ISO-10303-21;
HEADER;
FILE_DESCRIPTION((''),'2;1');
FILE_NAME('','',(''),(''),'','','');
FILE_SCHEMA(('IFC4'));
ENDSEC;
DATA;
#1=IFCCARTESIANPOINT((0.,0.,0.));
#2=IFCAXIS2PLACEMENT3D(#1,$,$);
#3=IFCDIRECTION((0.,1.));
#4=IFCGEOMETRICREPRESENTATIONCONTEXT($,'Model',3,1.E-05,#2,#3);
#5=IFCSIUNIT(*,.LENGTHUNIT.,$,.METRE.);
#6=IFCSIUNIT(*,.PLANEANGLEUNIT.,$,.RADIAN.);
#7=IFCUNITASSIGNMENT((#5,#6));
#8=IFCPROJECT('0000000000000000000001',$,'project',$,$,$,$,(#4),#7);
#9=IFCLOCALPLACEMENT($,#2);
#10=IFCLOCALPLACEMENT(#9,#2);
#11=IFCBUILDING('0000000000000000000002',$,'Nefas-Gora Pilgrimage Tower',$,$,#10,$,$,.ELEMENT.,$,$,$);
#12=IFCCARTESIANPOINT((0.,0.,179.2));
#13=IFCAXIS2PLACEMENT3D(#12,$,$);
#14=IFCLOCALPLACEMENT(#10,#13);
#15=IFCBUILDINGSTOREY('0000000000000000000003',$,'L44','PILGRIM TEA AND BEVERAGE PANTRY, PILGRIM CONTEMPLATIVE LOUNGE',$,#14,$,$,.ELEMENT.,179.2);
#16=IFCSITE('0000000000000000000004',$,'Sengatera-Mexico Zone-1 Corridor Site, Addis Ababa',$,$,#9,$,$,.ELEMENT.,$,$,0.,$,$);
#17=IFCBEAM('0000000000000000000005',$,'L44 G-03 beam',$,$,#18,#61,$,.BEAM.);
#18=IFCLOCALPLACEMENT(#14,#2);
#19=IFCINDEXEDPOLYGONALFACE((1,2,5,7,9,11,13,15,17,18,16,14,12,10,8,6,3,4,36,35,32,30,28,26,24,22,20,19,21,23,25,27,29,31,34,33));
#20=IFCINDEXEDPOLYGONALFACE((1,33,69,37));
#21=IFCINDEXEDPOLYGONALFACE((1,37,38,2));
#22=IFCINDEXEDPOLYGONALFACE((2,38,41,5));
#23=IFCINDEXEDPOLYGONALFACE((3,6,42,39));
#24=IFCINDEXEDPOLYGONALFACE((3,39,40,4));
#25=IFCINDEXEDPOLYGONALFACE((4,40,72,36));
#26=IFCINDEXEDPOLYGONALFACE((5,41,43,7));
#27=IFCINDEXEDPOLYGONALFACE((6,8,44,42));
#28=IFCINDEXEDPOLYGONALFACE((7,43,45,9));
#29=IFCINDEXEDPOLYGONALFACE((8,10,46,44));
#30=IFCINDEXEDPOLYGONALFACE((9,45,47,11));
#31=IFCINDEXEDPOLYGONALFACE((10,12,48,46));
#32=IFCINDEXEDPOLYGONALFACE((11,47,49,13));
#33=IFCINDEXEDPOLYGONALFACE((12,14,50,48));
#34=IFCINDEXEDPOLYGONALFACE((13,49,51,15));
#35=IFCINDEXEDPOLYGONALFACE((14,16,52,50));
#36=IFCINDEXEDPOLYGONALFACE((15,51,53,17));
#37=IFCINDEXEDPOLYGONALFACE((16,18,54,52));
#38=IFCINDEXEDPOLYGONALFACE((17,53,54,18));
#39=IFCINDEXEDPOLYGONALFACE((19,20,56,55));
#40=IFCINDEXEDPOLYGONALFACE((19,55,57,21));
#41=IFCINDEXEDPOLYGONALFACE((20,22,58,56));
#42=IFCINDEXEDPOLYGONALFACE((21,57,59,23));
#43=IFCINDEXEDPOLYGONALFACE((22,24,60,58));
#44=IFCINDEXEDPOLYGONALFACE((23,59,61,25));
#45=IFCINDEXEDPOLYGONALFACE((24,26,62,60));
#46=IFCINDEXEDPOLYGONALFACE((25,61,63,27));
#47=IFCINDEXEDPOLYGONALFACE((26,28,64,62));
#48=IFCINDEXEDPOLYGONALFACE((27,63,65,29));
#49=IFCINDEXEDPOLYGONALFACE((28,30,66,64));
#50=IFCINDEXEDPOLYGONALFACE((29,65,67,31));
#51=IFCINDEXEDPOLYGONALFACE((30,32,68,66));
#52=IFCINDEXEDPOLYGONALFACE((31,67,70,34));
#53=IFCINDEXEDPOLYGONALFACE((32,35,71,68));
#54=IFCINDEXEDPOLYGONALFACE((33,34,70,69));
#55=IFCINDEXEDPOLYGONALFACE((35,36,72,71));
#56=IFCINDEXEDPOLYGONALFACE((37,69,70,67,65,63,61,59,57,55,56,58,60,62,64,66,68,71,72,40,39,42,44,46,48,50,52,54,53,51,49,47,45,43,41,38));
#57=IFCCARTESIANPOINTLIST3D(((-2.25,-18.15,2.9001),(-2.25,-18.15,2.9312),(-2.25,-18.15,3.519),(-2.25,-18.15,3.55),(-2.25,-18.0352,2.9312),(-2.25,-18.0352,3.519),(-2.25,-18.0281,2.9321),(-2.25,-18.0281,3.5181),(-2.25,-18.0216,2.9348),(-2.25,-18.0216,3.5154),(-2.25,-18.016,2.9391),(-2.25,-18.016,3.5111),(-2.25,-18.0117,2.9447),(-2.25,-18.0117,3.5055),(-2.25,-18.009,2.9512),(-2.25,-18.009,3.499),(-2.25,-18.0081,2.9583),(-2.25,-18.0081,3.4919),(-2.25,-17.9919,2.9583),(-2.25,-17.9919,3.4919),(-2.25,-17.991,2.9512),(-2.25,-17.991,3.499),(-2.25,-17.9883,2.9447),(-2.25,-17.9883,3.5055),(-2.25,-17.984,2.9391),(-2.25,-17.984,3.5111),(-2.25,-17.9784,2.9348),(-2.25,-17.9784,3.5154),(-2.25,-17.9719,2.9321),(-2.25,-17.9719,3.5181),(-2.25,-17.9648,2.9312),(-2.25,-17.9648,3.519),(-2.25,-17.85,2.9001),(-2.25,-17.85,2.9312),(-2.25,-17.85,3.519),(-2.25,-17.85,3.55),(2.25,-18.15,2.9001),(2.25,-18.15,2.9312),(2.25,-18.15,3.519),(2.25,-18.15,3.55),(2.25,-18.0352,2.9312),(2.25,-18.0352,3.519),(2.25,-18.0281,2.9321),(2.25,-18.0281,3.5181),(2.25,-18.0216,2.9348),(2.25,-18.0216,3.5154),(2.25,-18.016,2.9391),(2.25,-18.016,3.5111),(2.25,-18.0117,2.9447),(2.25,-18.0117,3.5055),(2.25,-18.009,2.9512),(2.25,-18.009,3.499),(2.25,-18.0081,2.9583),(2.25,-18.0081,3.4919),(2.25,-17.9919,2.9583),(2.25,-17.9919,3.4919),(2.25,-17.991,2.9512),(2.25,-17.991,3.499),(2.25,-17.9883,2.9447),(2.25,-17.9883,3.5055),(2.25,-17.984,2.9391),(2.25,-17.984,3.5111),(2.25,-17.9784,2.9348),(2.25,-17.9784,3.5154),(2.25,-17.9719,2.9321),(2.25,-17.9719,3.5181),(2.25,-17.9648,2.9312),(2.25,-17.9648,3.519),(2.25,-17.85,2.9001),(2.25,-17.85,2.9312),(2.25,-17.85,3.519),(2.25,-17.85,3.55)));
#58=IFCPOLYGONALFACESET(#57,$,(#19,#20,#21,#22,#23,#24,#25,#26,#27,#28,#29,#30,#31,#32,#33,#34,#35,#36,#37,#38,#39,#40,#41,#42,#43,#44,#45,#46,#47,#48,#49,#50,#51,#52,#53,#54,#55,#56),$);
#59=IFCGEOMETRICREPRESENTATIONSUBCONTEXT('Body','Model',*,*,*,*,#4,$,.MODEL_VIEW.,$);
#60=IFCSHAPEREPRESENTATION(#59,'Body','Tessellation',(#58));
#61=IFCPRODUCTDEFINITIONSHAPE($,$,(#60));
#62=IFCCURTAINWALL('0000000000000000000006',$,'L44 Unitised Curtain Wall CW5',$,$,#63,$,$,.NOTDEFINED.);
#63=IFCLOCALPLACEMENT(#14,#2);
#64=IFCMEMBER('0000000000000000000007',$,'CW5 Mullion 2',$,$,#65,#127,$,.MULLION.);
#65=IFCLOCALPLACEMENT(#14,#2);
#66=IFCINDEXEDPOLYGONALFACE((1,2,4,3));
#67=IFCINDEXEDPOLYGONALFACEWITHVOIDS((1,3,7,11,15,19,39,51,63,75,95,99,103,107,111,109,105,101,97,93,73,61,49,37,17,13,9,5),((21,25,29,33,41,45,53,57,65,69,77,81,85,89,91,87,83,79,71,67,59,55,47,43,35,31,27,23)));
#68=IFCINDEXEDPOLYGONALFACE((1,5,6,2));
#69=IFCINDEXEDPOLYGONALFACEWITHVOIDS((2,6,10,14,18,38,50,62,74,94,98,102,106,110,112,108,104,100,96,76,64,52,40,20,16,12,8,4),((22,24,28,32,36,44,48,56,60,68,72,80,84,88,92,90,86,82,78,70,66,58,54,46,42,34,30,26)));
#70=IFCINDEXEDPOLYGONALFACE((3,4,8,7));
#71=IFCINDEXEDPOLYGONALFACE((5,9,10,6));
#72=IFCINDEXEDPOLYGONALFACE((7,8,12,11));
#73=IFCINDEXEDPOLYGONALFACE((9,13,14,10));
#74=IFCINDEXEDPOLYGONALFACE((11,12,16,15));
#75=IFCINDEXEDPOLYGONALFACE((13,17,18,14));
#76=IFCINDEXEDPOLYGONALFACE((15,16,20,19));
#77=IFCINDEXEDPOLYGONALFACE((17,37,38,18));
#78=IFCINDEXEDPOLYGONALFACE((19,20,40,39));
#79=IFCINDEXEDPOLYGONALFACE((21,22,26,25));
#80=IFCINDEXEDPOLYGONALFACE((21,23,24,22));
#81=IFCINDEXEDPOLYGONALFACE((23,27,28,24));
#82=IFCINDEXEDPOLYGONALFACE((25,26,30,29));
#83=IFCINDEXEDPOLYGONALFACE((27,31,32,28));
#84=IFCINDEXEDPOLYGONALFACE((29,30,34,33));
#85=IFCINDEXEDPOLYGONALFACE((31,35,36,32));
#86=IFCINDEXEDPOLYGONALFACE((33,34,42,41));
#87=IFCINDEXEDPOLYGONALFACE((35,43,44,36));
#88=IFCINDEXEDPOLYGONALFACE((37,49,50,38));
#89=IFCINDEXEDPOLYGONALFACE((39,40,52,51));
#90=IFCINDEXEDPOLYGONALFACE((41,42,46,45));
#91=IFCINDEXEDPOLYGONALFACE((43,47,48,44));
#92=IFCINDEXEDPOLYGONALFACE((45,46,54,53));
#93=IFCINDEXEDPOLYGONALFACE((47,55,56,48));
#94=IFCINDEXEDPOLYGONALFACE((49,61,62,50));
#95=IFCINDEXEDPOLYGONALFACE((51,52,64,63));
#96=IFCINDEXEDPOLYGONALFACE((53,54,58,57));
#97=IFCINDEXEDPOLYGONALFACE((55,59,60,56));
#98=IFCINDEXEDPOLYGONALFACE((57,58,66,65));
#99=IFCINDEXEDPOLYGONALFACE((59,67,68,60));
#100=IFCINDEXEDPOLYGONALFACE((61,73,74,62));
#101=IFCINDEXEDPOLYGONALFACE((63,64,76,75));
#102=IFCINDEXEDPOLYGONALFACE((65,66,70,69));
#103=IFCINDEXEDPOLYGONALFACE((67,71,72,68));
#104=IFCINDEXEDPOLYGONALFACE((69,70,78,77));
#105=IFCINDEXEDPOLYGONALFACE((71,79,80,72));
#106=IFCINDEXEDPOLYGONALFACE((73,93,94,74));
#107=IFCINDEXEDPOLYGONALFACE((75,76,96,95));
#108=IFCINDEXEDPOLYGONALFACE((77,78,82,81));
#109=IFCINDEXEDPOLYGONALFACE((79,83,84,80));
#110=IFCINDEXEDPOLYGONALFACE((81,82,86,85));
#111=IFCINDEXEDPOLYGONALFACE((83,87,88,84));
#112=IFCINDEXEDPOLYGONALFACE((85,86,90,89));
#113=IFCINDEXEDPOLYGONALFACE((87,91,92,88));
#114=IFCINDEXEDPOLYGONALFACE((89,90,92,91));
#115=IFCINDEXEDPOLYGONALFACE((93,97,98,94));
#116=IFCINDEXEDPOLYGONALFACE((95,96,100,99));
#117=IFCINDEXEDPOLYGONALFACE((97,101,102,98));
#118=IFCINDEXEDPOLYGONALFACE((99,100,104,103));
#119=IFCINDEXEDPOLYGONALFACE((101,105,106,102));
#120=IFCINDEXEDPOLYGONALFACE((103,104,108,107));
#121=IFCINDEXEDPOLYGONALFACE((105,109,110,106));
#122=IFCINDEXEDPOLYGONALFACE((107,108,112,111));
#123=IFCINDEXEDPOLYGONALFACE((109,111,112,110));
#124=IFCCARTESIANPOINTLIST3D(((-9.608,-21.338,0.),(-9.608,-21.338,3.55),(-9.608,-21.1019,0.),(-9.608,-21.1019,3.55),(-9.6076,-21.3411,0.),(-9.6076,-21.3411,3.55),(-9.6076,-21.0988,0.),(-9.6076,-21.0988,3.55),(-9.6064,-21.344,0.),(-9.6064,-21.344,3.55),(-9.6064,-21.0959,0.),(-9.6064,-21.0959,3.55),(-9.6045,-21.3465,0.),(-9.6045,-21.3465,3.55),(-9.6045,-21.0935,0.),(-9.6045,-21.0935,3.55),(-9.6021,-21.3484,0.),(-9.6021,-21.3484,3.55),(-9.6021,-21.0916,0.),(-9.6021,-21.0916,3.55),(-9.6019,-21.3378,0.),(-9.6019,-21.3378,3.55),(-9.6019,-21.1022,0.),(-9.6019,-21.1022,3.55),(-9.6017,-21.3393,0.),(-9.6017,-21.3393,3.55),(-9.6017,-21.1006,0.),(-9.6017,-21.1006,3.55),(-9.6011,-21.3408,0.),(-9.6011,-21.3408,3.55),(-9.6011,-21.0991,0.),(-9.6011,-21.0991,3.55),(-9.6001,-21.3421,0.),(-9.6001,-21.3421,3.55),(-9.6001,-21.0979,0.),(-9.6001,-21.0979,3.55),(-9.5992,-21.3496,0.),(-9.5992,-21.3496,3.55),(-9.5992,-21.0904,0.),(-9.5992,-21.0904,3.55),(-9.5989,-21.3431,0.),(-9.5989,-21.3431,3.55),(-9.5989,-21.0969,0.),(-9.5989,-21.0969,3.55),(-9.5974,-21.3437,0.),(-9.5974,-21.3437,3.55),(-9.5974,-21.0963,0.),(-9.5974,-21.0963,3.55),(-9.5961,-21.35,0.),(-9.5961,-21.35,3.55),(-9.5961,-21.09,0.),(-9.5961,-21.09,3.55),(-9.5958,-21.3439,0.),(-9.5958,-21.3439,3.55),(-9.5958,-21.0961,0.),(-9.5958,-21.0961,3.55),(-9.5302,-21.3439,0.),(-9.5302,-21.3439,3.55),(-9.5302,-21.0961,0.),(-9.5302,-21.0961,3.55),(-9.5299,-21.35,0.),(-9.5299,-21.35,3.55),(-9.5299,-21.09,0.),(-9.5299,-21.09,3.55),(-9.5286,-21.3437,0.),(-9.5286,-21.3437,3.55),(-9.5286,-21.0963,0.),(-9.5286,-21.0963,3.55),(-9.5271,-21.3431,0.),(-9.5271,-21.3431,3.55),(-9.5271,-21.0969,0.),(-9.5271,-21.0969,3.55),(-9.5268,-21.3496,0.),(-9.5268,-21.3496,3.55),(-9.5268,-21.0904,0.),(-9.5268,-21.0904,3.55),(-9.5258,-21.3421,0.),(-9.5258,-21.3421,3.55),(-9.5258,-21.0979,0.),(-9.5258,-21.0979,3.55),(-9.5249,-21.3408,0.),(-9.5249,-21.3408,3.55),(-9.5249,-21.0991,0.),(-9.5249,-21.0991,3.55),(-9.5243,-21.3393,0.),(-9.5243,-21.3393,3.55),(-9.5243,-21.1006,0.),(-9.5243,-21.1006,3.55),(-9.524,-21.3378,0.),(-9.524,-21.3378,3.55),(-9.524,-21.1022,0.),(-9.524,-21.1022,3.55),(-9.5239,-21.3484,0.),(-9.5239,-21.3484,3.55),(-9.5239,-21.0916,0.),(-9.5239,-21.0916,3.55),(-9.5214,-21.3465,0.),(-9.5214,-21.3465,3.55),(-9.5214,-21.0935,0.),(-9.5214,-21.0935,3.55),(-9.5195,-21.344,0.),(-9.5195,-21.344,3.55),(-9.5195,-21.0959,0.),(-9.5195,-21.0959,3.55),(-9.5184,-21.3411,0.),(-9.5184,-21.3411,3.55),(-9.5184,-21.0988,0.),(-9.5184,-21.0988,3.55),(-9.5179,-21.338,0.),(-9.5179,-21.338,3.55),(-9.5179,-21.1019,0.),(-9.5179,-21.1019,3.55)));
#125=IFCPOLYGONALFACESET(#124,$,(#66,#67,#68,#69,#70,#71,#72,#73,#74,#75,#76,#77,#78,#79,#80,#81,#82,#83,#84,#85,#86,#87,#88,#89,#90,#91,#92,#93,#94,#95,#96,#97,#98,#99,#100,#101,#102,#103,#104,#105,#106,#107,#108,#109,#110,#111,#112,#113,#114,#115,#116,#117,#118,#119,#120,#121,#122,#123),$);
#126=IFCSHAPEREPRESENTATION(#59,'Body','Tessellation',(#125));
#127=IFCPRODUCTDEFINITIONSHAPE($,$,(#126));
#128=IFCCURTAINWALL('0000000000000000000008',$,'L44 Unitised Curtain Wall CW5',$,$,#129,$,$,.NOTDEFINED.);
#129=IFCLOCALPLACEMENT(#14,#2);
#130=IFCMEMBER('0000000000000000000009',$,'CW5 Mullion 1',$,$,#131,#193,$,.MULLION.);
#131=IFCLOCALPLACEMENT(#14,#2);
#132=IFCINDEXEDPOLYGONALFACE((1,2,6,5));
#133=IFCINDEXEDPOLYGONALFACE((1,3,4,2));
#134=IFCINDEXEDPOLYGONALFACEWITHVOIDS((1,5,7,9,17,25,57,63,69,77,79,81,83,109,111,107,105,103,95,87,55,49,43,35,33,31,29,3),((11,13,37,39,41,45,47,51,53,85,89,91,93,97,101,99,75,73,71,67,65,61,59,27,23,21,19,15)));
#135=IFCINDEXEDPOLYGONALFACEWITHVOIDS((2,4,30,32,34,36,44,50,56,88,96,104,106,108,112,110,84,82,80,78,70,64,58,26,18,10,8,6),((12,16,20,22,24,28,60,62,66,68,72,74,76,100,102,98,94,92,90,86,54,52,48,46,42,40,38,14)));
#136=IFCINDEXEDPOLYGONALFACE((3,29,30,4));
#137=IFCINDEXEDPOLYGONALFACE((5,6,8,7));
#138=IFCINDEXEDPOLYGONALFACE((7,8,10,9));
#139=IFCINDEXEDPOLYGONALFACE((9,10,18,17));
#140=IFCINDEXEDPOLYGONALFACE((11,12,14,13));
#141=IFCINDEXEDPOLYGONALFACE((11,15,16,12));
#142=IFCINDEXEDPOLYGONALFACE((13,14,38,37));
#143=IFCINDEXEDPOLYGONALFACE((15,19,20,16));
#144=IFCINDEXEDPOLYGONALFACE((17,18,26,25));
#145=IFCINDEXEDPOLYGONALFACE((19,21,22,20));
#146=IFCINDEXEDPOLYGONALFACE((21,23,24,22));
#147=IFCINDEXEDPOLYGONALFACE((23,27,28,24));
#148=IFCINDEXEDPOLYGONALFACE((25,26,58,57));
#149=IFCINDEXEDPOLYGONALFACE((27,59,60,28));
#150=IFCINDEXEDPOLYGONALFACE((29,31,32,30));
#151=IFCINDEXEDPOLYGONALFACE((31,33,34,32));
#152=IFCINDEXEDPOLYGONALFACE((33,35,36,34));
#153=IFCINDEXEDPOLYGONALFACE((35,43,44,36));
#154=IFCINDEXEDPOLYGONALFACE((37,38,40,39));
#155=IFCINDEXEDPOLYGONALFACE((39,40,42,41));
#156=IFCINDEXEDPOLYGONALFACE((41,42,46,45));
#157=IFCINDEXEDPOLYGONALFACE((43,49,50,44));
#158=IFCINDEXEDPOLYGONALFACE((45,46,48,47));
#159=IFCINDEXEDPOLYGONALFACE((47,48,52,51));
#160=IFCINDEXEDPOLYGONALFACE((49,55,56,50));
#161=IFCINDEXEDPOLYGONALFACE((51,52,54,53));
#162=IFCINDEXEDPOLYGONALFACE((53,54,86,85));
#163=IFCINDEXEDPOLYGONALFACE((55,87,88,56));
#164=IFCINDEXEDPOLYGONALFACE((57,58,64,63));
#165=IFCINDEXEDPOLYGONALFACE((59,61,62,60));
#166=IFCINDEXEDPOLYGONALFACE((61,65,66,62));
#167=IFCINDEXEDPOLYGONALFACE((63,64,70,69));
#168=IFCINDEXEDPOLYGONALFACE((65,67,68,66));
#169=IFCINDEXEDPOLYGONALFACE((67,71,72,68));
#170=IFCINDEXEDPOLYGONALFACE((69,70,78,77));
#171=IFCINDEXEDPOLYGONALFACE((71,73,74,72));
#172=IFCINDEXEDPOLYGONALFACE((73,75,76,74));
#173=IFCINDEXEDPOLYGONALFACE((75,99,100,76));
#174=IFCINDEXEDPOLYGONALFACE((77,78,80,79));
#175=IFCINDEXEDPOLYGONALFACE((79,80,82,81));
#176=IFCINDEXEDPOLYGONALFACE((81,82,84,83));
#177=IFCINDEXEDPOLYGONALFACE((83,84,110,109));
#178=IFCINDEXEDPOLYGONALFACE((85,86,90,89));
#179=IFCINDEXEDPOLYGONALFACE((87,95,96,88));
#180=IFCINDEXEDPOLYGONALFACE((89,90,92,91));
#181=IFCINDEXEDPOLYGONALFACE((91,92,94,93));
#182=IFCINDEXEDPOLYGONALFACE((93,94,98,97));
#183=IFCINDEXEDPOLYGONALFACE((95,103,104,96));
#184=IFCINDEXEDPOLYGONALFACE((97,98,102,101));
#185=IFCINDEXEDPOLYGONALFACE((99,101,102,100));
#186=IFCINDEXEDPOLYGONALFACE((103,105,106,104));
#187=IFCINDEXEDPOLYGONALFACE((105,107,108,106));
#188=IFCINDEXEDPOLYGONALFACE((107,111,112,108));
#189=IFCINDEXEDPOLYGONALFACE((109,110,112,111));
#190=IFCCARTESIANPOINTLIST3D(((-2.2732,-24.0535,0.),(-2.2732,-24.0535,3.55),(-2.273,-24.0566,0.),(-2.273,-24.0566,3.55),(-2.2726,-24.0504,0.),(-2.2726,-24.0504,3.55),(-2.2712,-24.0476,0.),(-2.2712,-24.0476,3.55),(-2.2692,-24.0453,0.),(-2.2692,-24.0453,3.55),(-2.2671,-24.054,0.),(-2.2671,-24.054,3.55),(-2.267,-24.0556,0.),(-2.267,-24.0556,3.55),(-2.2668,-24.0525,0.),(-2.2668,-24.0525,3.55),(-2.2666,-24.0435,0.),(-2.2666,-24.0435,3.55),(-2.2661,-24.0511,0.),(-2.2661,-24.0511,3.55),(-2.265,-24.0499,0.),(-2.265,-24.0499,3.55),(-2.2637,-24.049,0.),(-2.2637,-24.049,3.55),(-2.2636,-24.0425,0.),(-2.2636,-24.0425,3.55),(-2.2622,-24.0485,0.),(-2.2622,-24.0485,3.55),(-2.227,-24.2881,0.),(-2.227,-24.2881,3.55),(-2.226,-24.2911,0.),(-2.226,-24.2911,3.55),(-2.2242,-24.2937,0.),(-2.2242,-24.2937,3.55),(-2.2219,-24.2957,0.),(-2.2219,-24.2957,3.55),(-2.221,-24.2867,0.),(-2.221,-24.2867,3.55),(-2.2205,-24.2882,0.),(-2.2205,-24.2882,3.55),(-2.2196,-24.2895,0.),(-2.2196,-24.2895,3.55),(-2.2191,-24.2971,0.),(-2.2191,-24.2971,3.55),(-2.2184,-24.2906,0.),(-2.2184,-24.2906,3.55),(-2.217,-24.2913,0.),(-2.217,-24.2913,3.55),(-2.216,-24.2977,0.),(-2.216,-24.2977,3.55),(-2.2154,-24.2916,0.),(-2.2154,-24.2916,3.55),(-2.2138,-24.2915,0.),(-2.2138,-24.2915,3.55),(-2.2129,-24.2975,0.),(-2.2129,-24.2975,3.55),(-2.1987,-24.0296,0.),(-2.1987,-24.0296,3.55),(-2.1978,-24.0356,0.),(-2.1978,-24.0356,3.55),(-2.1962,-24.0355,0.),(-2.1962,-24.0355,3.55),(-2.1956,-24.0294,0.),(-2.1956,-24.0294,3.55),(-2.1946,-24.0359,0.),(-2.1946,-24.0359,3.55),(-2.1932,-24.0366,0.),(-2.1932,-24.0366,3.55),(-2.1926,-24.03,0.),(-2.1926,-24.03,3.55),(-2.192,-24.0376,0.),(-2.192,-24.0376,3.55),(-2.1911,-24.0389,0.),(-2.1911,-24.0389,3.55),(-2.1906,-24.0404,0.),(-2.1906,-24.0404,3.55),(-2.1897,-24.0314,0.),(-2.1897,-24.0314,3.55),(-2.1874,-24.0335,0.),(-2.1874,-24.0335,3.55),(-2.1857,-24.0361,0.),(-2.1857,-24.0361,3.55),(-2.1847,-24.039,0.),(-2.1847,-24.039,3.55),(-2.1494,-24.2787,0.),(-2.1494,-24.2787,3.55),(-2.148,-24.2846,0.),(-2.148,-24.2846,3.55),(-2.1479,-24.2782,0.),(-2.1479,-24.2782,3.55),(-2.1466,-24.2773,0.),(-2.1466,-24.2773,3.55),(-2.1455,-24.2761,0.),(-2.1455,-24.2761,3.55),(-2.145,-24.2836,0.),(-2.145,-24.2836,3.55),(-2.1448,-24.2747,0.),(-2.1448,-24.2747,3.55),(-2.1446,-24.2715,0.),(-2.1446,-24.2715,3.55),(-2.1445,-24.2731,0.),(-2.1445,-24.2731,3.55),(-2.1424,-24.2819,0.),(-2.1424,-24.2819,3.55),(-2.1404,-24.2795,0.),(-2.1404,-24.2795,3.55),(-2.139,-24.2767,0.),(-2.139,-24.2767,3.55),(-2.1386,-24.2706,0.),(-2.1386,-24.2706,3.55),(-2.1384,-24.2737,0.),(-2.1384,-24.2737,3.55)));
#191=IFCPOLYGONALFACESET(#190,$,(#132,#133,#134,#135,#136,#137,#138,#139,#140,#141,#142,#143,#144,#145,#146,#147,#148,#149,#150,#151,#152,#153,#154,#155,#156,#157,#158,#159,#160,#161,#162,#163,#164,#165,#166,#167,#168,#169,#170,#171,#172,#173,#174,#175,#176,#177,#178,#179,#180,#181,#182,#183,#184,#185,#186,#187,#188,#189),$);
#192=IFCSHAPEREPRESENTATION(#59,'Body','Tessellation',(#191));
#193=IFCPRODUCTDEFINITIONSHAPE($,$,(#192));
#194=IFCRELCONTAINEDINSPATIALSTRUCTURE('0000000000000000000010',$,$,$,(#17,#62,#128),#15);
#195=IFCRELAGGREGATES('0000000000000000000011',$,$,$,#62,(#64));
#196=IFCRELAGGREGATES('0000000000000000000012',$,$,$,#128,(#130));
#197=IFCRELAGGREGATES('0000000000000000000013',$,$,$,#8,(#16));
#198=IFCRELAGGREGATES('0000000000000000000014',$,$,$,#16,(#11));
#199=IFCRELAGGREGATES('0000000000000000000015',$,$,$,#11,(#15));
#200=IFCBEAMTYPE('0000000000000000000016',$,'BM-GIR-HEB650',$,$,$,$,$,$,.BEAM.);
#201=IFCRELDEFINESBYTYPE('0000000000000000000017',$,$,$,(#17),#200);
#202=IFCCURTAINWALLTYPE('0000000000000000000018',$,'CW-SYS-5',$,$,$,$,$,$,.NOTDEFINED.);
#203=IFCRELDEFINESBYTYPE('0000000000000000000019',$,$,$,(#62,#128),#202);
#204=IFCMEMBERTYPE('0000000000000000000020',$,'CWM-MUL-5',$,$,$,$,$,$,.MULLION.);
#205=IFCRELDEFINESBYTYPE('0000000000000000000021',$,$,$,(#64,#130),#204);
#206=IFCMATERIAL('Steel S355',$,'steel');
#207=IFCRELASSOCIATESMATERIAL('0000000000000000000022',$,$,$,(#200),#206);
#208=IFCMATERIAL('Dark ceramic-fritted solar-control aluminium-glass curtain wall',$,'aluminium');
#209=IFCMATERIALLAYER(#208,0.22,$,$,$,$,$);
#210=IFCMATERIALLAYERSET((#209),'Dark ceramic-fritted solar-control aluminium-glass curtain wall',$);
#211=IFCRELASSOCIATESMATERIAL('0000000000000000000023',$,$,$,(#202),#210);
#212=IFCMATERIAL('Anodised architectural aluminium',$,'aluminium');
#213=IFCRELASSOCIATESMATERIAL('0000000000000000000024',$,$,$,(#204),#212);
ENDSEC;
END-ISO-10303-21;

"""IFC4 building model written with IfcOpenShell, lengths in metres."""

from ifc_helpers import new_model, si_unit, direction, frame, origin, origin_2d, place, context, subcontext, project, spatial, hollow_rectangle, i_section, extrude, source, transform, mapped, material, layer, layer_set, material_profile, profile_set, type_object, element, aggregate, save


model = new_model("IFC4")

# Units and contexts
model_context = context("Model", 3, precision=1e-05, world=origin(), true_north=direction((0.0, 1.0)))
body_context = subcontext(model_context, "Body", "Model", "MODEL_VIEW")
ifc_project = project(units=[si_unit("LENGTHUNIT", "METRE"), si_unit("PLANEANGLEUNIT", "RADIAN")], contexts=[model_context])

# Site, building, storey
site_placement = place(None, origin())
site = spatial("IfcSite", under=ifc_project, at=site_placement, Name="Sengatera-Mexico Zone-1 Corridor Site, Addis Ababa", CompositionType="ELEMENT", RefElevation=0.0)
building_placement = place(site_placement, origin())
building = spatial("IfcBuilding", under=site, at=building_placement, Name="Nefas-Gora Pilgrimage Tower", CompositionType="ELEMENT")
storey_placement = place(building_placement, frame((0.0, 0.0, 179.2)))
storey = spatial("IfcBuildingStorey", under=building, at=storey_placement, Name="L44", Description="PILGRIM TEA AND BEVERAGE PANTRY, PILGRIM CONTEMPLATIVE LOUNGE", CompositionType="ELEMENT", Elevation=179.2)

# Beam
ifc_material_1 = material(Name="Steel S355", Category="steel")
ifc_material_profile_1 = material_profile(ifc_material_1, i_section(OverallWidth=0.3, OverallDepth=0.6499, WebThickness=0.0161, FlangeThickness=0.031, FilletRadius=0.0271, at=origin_2d()), Name="HEB 650")
ifc_profile_set_1 = profile_set([ifc_material_profile_1], Name="Steel S355")
beam_type = type_object("IfcBeamType", Name="BM-GIR-HEB650", PredefinedType="BEAM", material=ifc_profile_set_1)
shared_shape_1 = source(origin(), body_context, "Body", "SweptSolid", [
    extrude(i_section(OverallWidth=0.3, OverallDepth=0.6499, WebThickness=0.0161, FlangeThickness=0.031, FilletRadius=0.0271, at=origin_2d()), origin(), (0.0, 0.0, 1.0), 4.5),
])
for number, where, z_axis, x_axis, name in (
    (1, (-2.25, -18.0, 3.2251), (1.0, 0.0, 0.0), (0.0, 1.0, 0.0), "L44 G-03 beam"),
):
    element("IfcBeam", number, at=place(storey_placement, frame(where, z_axis=z_axis, x_axis=x_axis)), inside=storey, type_object=beam_type, Name=name, PredefinedType="BEAM", context=body_context, shape_type="MappedRepresentation", body=[
        mapped(shared_shape_1, transform((0.0, 0.0, 0.0), x_axis=(1.0, 0.0, 0.0), y_axis=(0.0, 1.0, 0.0), z_axis=(0.0, 0.0, 1.0), scale=1.0)),
    ])

# Curtain wall, member
ifc_material_2 = material(Name="Dark ceramic-fritted solar-control aluminium-glass curtain wall", Category="aluminium")
ifc_layer_1 = layer(ifc_material_2, 0.22)
ifc_layer_set_1 = layer_set([ifc_layer_1], Name="Dark ceramic-fritted solar-control aluminium-glass curtain wall")
curtain_wall_type = type_object("IfcCurtainWallType", Name="CW-SYS-5", PredefinedType="NOTDEFINED", material=ifc_layer_set_1)
curtain_wall_1_placement = place(storey_placement, origin())
curtain_wall_1 = element("IfcCurtainWall", 2, at=curtain_wall_1_placement, inside=storey, type_object=curtain_wall_type, Name="L44 Unitised Curtain Wall CW5", PredefinedType="NOTDEFINED")
ifc_material_3 = material(Name="Anodised architectural aluminium", Category="aluminium")
ifc_material_profile_2 = material_profile(ifc_material_3, hollow_rectangle(XDim=0.0901, YDim=0.26, WallThickness=0.0061, InnerFilletRadius=0.0061, OuterFilletRadius=0.012, at=origin_2d()), Name="ALU MULLION 90x260")
ifc_profile_set_2 = profile_set([ifc_material_profile_2], Name="Anodised architectural aluminium")
member_type_1 = type_object("IfcMemberType", Name="CWM-MUL-5", PredefinedType="MULLION", material=ifc_profile_set_2)
shared_shape_2 = source(origin(), body_context, "Body", "SweptSolid", [
    extrude(hollow_rectangle(XDim=0.0901, YDim=0.26, WallThickness=0.0061, InnerFilletRadius=0.0061, OuterFilletRadius=0.012, at=origin_2d()), origin(), (0.0, 0.0, 1.0), 3.55),
])
member_1_placement = place(storey_placement, frame((-9.563, -21.22, 0.0), z_axis=(0.0, 0.0, 1.0), x_axis=(1.0, 0.0, 0.0)))
member_1 = element("IfcMember", 3, at=member_1_placement, type_object=member_type_1, Name="CW5 Mullion 2", PredefinedType="MULLION", context=body_context, shape_type="MappedRepresentation", body=[
    mapped(shared_shape_2, transform((0.0, 0.0, 0.0), x_axis=(1.0, 0.0, 0.0), y_axis=(0.0, 1.0, 0.0), z_axis=(0.0, 0.0, 1.0), scale=1.0)),
])
aggregate(curtain_wall_1, [member_1])

# Curtain wall, member
curtain_wall_2_placement = place(storey_placement, origin())
curtain_wall_2 = element("IfcCurtainWall", 4, at=curtain_wall_2_placement, inside=storey, type_object=curtain_wall_type, Name="L44 Unitised Curtain Wall CW5", PredefinedType="NOTDEFINED")
member_2_placement = place(storey_placement, frame((-2.2058, -24.1636, 0.0), z_axis=(0.0, 0.0, 1.0), x_axis=(0.980783, 0.195102, 0.0)))
member_2 = element("IfcMember", 5, at=member_2_placement, type_object=member_type_1, Name="CW5 Mullion 1", PredefinedType="MULLION", context=body_context, shape_type="MappedRepresentation", body=[
    mapped(shared_shape_2, transform((0.0, 0.0, 0.0), x_axis=(1.0, 0.0, 0.0), y_axis=(0.0, 1.0, 0.0), z_axis=(0.0, 0.0, 1.0), scale=1.0)),
])
aggregate(curtain_wall_2, [member_2])

save(model, "model.ifc")
